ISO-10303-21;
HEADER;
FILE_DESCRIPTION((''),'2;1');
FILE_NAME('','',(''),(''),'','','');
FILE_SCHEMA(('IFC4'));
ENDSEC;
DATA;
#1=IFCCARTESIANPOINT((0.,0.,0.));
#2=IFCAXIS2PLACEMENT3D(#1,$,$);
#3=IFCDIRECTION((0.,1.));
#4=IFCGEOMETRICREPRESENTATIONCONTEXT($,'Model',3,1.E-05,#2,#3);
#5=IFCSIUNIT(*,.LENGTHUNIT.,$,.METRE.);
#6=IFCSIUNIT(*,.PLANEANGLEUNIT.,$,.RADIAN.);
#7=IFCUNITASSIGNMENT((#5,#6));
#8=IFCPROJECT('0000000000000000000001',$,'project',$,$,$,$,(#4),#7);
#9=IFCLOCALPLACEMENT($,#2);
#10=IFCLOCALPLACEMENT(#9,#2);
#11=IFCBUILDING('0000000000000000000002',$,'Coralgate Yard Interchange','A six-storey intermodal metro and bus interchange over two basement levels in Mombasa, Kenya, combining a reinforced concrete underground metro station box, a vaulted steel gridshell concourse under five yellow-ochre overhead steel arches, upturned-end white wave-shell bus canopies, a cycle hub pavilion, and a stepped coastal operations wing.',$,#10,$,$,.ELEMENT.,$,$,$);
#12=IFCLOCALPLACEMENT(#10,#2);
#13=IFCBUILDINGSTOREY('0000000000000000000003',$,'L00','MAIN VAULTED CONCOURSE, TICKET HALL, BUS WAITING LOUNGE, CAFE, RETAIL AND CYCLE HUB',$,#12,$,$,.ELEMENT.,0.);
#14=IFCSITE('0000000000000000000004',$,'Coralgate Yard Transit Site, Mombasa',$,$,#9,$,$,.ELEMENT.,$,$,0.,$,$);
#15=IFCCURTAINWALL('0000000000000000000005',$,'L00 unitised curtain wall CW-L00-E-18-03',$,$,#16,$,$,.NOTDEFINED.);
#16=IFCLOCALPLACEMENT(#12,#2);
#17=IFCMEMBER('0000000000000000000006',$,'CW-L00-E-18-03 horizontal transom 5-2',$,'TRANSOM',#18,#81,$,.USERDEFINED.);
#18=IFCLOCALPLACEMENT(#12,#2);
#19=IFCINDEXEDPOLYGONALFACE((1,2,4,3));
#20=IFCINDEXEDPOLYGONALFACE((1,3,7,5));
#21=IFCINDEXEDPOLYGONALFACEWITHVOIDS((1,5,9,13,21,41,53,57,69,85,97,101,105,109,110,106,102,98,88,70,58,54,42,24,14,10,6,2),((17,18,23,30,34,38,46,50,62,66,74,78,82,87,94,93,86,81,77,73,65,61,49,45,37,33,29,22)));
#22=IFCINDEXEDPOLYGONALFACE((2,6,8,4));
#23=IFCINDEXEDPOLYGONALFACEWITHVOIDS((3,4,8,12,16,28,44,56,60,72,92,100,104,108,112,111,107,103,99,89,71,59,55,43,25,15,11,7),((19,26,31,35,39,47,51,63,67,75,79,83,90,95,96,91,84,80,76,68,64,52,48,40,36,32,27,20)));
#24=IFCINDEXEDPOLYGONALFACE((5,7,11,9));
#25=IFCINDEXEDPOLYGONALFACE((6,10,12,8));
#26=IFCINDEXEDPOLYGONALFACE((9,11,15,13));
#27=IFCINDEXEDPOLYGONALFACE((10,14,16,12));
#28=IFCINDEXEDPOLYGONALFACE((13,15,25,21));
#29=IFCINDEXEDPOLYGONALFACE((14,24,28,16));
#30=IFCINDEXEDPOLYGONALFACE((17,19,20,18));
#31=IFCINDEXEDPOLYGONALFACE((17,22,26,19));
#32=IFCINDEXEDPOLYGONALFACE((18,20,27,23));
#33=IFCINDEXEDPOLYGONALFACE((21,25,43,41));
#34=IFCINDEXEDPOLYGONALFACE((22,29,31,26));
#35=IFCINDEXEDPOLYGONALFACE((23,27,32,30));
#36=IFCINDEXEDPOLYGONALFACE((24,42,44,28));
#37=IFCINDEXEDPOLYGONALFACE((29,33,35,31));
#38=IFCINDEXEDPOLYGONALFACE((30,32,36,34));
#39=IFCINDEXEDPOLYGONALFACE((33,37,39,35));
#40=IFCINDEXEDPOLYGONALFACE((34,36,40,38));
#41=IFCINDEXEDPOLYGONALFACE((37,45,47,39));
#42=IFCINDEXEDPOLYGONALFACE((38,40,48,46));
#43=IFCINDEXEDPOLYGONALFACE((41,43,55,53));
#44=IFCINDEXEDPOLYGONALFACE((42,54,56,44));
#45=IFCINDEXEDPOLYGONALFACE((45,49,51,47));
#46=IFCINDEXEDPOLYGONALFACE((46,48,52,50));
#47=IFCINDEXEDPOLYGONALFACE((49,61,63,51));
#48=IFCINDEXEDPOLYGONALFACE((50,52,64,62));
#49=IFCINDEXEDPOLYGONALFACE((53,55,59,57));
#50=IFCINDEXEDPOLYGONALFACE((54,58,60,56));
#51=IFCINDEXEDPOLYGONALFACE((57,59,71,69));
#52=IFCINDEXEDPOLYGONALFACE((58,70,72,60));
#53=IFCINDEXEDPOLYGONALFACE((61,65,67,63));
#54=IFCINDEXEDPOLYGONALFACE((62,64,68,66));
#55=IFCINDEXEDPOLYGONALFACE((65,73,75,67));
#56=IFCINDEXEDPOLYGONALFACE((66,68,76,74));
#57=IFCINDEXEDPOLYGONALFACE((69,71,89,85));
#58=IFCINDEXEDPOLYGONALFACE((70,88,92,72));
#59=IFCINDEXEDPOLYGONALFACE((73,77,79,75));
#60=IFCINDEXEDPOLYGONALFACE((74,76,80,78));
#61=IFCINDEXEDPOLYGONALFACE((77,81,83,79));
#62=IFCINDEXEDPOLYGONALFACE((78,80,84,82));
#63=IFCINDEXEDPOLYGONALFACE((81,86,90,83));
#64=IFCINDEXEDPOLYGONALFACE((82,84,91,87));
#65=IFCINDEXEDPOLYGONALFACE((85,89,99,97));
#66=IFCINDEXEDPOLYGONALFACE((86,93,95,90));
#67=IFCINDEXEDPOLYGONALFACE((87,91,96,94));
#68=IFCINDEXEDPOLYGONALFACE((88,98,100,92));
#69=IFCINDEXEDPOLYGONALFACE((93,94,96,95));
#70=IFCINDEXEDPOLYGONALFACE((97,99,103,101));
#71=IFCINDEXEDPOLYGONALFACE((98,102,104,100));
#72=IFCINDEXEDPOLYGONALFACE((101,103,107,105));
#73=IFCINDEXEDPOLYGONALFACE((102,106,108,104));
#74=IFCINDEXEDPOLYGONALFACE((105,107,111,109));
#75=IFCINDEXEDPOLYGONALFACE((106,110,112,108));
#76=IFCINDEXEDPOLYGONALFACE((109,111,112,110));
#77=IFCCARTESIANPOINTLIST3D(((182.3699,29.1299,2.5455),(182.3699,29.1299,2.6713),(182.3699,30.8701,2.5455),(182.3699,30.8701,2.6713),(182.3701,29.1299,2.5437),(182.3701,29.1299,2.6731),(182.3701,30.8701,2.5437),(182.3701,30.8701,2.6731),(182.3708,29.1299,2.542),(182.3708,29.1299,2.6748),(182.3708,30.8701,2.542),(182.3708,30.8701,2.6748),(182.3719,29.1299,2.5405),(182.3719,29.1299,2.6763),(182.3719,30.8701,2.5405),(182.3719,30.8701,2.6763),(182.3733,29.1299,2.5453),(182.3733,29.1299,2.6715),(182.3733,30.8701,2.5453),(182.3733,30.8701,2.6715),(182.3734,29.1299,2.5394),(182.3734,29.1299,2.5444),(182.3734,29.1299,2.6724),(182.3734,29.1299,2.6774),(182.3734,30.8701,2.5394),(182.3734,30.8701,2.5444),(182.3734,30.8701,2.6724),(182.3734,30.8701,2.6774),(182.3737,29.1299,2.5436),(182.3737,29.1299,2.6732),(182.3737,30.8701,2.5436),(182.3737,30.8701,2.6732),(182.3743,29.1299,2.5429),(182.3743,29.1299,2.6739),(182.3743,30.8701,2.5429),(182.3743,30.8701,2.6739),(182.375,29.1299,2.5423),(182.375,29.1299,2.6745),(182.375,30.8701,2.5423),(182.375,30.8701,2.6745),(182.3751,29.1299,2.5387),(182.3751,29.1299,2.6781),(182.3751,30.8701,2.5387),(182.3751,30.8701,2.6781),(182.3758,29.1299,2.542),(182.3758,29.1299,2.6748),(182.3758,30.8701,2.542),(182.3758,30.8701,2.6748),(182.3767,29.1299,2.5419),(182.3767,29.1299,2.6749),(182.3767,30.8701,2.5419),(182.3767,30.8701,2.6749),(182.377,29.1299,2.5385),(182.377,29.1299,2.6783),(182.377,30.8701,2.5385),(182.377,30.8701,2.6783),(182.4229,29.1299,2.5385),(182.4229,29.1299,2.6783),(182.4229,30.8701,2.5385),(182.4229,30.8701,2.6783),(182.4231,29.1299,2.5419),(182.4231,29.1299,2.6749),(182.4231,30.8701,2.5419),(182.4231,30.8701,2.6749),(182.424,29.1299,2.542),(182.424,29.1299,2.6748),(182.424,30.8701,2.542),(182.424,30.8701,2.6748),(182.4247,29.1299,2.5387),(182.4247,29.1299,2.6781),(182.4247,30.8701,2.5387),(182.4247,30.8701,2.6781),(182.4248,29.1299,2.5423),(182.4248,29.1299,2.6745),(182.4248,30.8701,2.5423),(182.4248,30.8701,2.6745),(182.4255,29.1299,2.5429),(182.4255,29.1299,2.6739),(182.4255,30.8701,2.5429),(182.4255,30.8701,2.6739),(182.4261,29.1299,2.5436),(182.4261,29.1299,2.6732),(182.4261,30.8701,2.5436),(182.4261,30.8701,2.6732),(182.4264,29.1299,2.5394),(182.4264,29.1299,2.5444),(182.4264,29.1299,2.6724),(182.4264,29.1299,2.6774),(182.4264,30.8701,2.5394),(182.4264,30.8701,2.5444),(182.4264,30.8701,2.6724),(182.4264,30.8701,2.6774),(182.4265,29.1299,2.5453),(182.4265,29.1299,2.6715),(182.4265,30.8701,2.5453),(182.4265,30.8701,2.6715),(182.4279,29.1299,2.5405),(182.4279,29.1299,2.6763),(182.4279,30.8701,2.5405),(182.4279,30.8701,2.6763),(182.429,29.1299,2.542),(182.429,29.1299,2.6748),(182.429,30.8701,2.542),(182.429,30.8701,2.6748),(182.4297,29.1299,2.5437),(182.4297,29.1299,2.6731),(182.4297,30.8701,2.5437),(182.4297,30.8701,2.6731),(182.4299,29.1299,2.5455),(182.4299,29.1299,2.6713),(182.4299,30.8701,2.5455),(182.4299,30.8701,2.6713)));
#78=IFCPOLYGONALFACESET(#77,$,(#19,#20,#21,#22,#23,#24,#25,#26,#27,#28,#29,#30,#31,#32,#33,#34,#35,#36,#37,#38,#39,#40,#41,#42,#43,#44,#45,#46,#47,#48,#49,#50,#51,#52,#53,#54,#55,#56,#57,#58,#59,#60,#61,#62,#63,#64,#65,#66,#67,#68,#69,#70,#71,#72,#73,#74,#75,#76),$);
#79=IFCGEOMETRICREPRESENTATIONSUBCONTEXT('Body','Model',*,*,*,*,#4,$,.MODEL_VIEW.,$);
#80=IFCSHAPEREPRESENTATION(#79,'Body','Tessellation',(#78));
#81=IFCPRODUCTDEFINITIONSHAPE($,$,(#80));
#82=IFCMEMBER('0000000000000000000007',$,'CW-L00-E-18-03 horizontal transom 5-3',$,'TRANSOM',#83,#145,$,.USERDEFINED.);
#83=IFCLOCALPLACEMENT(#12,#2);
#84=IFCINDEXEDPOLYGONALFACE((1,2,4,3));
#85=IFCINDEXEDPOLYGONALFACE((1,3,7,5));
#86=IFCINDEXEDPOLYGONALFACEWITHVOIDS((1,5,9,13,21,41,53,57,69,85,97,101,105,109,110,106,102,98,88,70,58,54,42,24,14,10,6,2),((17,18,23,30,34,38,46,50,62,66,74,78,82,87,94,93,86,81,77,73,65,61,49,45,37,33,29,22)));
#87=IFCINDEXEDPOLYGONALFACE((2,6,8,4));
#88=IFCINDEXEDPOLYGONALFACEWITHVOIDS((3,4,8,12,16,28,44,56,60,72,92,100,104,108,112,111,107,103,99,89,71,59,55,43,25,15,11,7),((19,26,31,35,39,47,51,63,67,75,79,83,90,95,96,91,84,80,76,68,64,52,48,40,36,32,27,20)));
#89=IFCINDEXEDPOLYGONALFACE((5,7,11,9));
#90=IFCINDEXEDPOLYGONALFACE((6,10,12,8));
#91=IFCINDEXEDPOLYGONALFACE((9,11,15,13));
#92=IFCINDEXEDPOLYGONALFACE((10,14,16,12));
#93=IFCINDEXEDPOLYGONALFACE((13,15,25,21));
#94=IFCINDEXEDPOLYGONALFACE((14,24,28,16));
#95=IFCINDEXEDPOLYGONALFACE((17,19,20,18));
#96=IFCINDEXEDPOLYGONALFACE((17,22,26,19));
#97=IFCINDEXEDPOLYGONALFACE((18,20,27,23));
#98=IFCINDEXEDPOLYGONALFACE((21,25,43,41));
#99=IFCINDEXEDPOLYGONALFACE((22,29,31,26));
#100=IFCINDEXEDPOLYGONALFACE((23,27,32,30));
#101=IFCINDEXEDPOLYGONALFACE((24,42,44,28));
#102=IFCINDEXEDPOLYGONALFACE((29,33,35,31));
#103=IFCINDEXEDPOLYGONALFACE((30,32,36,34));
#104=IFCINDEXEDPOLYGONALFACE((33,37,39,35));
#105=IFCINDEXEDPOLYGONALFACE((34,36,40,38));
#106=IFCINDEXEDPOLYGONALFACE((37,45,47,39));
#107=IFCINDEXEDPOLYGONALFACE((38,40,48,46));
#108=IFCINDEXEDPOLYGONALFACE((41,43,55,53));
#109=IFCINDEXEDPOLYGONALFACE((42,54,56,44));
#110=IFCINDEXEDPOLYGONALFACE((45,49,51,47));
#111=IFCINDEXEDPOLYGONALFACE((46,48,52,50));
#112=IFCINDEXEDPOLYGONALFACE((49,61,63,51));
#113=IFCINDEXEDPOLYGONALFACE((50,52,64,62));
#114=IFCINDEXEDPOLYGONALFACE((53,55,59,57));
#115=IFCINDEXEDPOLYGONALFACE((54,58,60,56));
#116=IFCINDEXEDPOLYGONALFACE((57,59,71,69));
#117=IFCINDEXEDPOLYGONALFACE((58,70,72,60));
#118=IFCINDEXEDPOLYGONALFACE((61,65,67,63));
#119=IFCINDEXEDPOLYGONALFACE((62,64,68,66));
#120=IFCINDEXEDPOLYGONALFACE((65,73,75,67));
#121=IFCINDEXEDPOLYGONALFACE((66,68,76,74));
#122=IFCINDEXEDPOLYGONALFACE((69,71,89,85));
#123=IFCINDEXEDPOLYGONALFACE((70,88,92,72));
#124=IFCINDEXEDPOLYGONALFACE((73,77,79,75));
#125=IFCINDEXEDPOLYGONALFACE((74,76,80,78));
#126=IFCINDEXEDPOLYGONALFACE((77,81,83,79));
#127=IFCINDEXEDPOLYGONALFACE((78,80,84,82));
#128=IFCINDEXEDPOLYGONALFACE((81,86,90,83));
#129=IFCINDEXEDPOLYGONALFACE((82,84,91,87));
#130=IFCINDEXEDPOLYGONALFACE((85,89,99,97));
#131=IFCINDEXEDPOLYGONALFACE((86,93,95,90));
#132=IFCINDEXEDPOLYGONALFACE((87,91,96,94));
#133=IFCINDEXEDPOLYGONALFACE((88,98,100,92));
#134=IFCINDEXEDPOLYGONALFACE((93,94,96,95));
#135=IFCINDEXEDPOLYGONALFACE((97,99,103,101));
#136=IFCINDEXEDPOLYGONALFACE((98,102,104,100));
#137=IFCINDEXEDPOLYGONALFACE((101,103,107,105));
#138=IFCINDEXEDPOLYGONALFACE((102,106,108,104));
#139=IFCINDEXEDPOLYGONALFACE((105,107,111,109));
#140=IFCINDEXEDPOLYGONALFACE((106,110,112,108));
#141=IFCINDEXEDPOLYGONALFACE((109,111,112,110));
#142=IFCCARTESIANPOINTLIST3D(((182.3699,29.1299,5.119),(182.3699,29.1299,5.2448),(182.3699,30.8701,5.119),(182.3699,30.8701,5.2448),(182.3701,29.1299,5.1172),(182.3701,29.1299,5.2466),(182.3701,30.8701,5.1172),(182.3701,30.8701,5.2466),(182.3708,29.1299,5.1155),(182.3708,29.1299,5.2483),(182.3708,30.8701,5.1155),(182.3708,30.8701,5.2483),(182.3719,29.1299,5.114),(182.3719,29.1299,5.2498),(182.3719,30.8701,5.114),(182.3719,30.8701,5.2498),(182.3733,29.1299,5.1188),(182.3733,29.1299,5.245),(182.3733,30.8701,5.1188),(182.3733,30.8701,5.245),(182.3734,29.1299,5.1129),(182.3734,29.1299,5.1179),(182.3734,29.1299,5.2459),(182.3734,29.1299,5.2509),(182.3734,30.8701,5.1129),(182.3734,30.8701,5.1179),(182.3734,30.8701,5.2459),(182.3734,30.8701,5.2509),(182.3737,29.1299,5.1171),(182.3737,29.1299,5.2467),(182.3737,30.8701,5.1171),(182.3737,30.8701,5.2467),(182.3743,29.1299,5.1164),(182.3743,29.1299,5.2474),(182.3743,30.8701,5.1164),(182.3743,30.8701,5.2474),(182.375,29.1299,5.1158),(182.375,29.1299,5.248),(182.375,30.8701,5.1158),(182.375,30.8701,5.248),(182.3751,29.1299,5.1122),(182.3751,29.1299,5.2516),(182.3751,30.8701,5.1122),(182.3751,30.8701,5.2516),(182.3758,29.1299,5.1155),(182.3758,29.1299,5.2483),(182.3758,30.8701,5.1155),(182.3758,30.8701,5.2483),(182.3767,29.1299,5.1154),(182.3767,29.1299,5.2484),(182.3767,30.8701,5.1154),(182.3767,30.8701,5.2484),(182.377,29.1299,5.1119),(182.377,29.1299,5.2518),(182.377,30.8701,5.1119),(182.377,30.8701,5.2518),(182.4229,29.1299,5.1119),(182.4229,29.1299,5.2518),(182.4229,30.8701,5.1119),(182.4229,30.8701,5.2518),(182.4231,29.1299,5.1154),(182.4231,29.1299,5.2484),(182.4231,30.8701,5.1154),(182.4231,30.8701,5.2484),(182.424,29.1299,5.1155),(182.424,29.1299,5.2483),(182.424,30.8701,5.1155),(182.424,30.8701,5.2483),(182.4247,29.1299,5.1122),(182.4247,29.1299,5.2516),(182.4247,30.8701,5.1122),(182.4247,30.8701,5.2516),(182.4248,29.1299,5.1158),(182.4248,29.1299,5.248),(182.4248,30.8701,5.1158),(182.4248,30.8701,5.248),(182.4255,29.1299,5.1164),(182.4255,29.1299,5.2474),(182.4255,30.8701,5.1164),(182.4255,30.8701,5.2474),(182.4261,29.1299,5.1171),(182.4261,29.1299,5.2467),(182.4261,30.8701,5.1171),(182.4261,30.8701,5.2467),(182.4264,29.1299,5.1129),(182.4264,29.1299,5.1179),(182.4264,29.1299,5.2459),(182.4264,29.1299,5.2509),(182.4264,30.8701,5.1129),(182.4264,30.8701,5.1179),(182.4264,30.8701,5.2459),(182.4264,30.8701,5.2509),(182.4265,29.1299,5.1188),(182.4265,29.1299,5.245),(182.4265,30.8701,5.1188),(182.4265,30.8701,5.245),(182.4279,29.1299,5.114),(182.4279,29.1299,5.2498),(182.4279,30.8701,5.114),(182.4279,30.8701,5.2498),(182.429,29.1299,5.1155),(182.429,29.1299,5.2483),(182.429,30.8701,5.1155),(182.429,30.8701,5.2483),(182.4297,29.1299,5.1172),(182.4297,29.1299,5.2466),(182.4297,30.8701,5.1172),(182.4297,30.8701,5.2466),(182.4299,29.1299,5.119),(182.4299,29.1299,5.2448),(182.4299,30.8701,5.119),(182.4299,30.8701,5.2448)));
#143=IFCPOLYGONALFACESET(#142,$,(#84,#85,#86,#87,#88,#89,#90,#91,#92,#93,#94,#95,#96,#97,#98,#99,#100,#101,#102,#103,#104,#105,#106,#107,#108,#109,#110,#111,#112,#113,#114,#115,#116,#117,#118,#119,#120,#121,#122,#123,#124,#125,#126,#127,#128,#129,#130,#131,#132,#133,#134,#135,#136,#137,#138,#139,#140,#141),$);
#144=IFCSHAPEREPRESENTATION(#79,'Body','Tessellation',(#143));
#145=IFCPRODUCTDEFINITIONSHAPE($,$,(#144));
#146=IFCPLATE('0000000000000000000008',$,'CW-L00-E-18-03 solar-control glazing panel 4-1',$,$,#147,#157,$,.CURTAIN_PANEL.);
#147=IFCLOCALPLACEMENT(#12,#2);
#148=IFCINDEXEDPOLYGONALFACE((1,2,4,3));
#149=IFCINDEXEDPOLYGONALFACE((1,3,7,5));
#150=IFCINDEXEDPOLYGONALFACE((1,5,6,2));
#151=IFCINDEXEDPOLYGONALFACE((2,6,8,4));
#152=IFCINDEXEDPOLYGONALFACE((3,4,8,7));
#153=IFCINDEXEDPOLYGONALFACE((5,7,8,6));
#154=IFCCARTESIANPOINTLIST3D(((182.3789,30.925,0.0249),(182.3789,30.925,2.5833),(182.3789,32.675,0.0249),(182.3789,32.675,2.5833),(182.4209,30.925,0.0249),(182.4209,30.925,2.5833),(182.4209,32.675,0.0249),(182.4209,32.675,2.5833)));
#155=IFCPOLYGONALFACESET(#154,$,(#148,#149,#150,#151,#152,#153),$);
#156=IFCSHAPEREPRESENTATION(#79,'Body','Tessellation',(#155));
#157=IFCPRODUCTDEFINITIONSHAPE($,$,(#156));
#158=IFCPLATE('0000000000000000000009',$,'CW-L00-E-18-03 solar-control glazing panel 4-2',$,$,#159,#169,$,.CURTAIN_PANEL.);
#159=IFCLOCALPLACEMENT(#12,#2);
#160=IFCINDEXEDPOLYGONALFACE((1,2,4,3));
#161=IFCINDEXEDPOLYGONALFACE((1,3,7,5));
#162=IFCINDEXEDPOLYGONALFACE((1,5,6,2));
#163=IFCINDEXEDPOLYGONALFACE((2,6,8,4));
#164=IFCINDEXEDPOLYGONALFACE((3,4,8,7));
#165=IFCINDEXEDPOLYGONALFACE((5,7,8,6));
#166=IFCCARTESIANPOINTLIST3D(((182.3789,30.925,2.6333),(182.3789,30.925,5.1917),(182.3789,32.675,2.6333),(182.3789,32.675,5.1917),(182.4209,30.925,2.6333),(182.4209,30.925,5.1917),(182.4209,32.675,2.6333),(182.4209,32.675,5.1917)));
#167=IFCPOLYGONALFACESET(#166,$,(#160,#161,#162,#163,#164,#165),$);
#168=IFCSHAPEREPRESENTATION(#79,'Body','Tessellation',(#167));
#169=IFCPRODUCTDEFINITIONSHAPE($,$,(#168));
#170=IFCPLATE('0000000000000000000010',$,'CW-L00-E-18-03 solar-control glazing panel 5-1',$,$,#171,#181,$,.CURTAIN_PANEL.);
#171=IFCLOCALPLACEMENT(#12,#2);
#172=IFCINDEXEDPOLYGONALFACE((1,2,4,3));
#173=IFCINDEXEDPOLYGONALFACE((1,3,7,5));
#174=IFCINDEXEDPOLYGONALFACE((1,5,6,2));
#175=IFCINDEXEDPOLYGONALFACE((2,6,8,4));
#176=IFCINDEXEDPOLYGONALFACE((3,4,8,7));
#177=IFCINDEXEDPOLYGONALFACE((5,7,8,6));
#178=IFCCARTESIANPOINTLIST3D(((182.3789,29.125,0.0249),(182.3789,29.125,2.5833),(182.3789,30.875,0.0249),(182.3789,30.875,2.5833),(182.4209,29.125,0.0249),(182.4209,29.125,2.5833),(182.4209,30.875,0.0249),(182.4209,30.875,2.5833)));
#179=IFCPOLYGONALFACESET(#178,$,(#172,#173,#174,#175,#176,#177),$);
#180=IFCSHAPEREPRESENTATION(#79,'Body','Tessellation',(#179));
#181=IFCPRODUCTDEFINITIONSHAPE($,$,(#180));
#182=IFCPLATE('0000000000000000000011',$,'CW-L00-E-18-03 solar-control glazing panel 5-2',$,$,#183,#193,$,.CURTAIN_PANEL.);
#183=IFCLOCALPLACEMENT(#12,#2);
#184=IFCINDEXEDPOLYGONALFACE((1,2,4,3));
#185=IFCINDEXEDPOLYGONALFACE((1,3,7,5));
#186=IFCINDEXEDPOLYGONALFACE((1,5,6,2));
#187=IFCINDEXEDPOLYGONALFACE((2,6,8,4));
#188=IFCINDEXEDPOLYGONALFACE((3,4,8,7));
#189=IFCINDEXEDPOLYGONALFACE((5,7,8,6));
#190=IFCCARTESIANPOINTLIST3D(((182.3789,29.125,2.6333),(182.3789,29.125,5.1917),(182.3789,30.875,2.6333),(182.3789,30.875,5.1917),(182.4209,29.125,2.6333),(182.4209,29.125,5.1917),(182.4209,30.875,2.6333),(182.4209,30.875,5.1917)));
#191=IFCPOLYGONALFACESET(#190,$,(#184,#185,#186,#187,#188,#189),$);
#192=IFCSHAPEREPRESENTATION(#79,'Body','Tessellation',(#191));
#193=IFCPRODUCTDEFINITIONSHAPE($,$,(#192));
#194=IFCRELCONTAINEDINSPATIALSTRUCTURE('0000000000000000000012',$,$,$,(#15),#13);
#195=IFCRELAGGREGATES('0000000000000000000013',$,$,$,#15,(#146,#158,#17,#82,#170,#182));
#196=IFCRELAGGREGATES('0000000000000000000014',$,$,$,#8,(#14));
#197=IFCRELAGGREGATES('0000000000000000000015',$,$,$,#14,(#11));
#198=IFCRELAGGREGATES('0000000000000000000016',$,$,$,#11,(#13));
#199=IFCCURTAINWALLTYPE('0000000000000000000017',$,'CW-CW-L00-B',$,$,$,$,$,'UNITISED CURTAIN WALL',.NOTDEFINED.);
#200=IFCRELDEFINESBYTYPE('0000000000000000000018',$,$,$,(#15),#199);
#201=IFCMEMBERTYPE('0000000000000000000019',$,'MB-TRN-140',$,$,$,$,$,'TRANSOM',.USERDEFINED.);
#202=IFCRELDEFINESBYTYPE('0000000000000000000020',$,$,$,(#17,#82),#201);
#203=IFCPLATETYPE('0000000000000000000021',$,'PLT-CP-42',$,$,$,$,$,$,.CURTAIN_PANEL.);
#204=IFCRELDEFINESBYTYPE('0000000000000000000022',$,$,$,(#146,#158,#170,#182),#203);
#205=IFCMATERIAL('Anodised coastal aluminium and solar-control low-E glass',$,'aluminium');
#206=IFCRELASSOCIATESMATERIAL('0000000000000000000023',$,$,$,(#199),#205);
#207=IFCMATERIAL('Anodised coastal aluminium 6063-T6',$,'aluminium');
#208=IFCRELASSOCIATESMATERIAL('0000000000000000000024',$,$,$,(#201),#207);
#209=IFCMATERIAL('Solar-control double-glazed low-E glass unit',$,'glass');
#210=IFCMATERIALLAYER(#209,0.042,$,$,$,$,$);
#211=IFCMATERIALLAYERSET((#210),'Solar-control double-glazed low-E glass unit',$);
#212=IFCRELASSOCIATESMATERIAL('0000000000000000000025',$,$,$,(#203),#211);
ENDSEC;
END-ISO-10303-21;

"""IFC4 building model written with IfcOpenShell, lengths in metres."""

from ifc_helpers import new_model, si_unit, direction, frame, origin, origin_2d, place, context, subcontext, project, spatial, rectangle, hollow_rectangle, extrude, material, layer, layer_set, material_profile, profile_set, type_object, element, aggregate, save


model = new_model("IFC4")

# Units and contexts
model_context = context("Model", 3, precision=1e-05, world=origin(), true_north=direction((0.0, 1.0)))
body_context = subcontext(model_context, "Body", "Model", "MODEL_VIEW")
ifc_project = project(units=[si_unit("LENGTHUNIT", "METRE"), si_unit("PLANEANGLEUNIT", "RADIAN")], contexts=[model_context])

# Site, building, storey
site_placement = place(None, origin())
site = spatial("IfcSite", under=ifc_project, at=site_placement, Name="Coralgate Yard Transit Site, Mombasa", CompositionType="ELEMENT", RefElevation=0.0)
building_placement = place(site_placement, origin())
building = spatial("IfcBuilding", under=site, at=building_placement, Name="Coralgate Yard Interchange", Description="A six-storey intermodal metro and bus interchange over two basement levels in Mombasa, Kenya, combining a reinforced concrete underground metro station box, a vaulted steel gridshell concourse under five yellow-ochre overhead steel arches, upturned-end white wave-shell bus canopies, a cycle hub pavilion, and a stepped coastal operations wing.", CompositionType="ELEMENT")
storey_placement = place(building_placement, origin())
storey = spatial("IfcBuildingStorey", under=building, at=storey_placement, Name="L00", Description="MAIN VAULTED CONCOURSE, TICKET HALL, BUS WAITING LOUNGE, CAFE, RETAIL AND CYCLE HUB", CompositionType="ELEMENT", Elevation=0.0)

# Curtain wall, members, plates
ifc_material_1 = material(Name="Anodised coastal aluminium and solar-control low-E glass", Category="aluminium")
curtain_wall_type = type_object("IfcCurtainWallType", Name="CW-CW-L00-B", ElementType="UNITISED CURTAIN WALL", PredefinedType="NOTDEFINED", material=ifc_material_1)
curtain_wall_placement = place(storey_placement, origin())
curtain_wall = element("IfcCurtainWall", 1, at=curtain_wall_placement, inside=storey, type_object=curtain_wall_type, Name="L00 unitised curtain wall CW-L00-E-18-03", PredefinedType="NOTDEFINED")
ifc_material_2 = material(Name="Anodised coastal aluminium 6063-T6", Category="aluminium")
ifc_material_profile_1 = material_profile(ifc_material_2, hollow_rectangle(XDim=0.0601, YDim=0.1399, WallThickness=0.0034, InnerFilletRadius=0.0034, OuterFilletRadius=0.0071, at=origin_2d()), Name="ALU 60x140x3.5")
ifc_profile_set_1 = profile_set([ifc_material_profile_1], Name="Anodised coastal aluminium 6063-T6")
member_type_1 = type_object("IfcMemberType", Name="MB-TRN-140", ElementType="TRANSOM", PredefinedType="USERDEFINED", material=ifc_profile_set_1)
member_1_placement = place(storey_placement, frame((182.3999, 30.8701, 2.6084), z_axis=(0.0, -1.0, 0.0), x_axis=(1.0, 0.0, 0.0)))
member_1 = element("IfcMember", 2, at=member_1_placement, type_object=member_type_1, Name="CW-L00-E-18-03 horizontal transom 5-2", ObjectType="TRANSOM", PredefinedType="USERDEFINED", context=body_context, shape_type="SweptSolid", body=[
    extrude(hollow_rectangle(XDim=0.0601, YDim=0.1399, WallThickness=0.0034, InnerFilletRadius=0.0034, OuterFilletRadius=0.0071, at=origin_2d()), origin(), (0.0, 0.0, 1.0), 1.7402),
])
member_2_placement = place(storey_placement, frame((182.3999, 30.8701, 5.1819), z_axis=(0.0, -1.0, 0.0), x_axis=(1.0, 0.0, 0.0)))
member_2 = element("IfcMember", 3, at=member_2_placement, type_object=member_type_1, Name="CW-L00-E-18-03 horizontal transom 5-3", ObjectType="TRANSOM", PredefinedType="USERDEFINED", context=body_context, shape_type="SweptSolid", body=[
    extrude(hollow_rectangle(XDim=0.0601, YDim=0.1399, WallThickness=0.0034, InnerFilletRadius=0.0034, OuterFilletRadius=0.0071, at=origin_2d()), origin(), (0.0, 0.0, 1.0), 1.7402),
])
ifc_material_3 = material(Name="Solar-control double-glazed low-E glass unit", Category="glass")
ifc_layer_1 = layer(ifc_material_3, 0.042)
ifc_layer_set_1 = layer_set([ifc_layer_1], Name="Solar-control double-glazed low-E glass unit")
plate_type = type_object("IfcPlateType", Name="PLT-CP-42", PredefinedType="CURTAIN_PANEL", material=ifc_layer_set_1)
plate_1_placement = place(storey_placement, frame((182.3999, 31.8, 0.0249), z_axis=(0.0, 0.0, 1.0), x_axis=(0.0, -1.0, 0.0)))
plate_1 = element("IfcPlate", 4, at=plate_1_placement, type_object=plate_type, Name="CW-L00-E-18-03 solar-control glazing panel 4-1", PredefinedType="CURTAIN_PANEL", context=body_context, shape_type="SweptSolid", body=[
    extrude(rectangle(XDim=1.75, YDim=0.042, at=origin_2d()), origin(), (0.0, 0.0, 1.0), 2.5583),
])
plate_2_placement = place(storey_placement, frame((182.3999, 31.8, 2.6333), z_axis=(0.0, 0.0, 1.0), x_axis=(0.0, -1.0, 0.0)))
plate_2 = element("IfcPlate", 5, at=plate_2_placement, type_object=plate_type, Name="CW-L00-E-18-03 solar-control glazing panel 4-2", PredefinedType="CURTAIN_PANEL", context=body_context, shape_type="SweptSolid", body=[
    extrude(rectangle(XDim=1.75, YDim=0.042, at=origin_2d()), origin(), (0.0, 0.0, 1.0), 2.5583),
])
plate_3_placement = place(storey_placement, frame((182.3999, 30.0, 0.0249), z_axis=(0.0, 0.0, 1.0), x_axis=(0.0, -1.0, 0.0)))
plate_3 = element("IfcPlate", 6, at=plate_3_placement, type_object=plate_type, Name="CW-L00-E-18-03 solar-control glazing panel 5-1", PredefinedType="CURTAIN_PANEL", context=body_context, shape_type="SweptSolid", body=[
    extrude(rectangle(XDim=1.75, YDim=0.042, at=origin_2d()), origin(), (0.0, 0.0, 1.0), 2.5583),
])
plate_4_placement = place(storey_placement, frame((182.3999, 30.0, 2.6333), z_axis=(0.0, 0.0, 1.0), x_axis=(0.0, -1.0, 0.0)))
plate_4 = element("IfcPlate", 7, at=plate_4_placement, type_object=plate_type, Name="CW-L00-E-18-03 solar-control glazing panel 5-2", PredefinedType="CURTAIN_PANEL", context=body_context, shape_type="SweptSolid", body=[
    extrude(rectangle(XDim=1.75, YDim=0.042, at=origin_2d()), origin(), (0.0, 0.0, 1.0), 2.5583),
])
aggregate(curtain_wall, [plate_1, plate_2, member_1, member_2, plate_3, plate_4])

save(model, "model.ifc")
